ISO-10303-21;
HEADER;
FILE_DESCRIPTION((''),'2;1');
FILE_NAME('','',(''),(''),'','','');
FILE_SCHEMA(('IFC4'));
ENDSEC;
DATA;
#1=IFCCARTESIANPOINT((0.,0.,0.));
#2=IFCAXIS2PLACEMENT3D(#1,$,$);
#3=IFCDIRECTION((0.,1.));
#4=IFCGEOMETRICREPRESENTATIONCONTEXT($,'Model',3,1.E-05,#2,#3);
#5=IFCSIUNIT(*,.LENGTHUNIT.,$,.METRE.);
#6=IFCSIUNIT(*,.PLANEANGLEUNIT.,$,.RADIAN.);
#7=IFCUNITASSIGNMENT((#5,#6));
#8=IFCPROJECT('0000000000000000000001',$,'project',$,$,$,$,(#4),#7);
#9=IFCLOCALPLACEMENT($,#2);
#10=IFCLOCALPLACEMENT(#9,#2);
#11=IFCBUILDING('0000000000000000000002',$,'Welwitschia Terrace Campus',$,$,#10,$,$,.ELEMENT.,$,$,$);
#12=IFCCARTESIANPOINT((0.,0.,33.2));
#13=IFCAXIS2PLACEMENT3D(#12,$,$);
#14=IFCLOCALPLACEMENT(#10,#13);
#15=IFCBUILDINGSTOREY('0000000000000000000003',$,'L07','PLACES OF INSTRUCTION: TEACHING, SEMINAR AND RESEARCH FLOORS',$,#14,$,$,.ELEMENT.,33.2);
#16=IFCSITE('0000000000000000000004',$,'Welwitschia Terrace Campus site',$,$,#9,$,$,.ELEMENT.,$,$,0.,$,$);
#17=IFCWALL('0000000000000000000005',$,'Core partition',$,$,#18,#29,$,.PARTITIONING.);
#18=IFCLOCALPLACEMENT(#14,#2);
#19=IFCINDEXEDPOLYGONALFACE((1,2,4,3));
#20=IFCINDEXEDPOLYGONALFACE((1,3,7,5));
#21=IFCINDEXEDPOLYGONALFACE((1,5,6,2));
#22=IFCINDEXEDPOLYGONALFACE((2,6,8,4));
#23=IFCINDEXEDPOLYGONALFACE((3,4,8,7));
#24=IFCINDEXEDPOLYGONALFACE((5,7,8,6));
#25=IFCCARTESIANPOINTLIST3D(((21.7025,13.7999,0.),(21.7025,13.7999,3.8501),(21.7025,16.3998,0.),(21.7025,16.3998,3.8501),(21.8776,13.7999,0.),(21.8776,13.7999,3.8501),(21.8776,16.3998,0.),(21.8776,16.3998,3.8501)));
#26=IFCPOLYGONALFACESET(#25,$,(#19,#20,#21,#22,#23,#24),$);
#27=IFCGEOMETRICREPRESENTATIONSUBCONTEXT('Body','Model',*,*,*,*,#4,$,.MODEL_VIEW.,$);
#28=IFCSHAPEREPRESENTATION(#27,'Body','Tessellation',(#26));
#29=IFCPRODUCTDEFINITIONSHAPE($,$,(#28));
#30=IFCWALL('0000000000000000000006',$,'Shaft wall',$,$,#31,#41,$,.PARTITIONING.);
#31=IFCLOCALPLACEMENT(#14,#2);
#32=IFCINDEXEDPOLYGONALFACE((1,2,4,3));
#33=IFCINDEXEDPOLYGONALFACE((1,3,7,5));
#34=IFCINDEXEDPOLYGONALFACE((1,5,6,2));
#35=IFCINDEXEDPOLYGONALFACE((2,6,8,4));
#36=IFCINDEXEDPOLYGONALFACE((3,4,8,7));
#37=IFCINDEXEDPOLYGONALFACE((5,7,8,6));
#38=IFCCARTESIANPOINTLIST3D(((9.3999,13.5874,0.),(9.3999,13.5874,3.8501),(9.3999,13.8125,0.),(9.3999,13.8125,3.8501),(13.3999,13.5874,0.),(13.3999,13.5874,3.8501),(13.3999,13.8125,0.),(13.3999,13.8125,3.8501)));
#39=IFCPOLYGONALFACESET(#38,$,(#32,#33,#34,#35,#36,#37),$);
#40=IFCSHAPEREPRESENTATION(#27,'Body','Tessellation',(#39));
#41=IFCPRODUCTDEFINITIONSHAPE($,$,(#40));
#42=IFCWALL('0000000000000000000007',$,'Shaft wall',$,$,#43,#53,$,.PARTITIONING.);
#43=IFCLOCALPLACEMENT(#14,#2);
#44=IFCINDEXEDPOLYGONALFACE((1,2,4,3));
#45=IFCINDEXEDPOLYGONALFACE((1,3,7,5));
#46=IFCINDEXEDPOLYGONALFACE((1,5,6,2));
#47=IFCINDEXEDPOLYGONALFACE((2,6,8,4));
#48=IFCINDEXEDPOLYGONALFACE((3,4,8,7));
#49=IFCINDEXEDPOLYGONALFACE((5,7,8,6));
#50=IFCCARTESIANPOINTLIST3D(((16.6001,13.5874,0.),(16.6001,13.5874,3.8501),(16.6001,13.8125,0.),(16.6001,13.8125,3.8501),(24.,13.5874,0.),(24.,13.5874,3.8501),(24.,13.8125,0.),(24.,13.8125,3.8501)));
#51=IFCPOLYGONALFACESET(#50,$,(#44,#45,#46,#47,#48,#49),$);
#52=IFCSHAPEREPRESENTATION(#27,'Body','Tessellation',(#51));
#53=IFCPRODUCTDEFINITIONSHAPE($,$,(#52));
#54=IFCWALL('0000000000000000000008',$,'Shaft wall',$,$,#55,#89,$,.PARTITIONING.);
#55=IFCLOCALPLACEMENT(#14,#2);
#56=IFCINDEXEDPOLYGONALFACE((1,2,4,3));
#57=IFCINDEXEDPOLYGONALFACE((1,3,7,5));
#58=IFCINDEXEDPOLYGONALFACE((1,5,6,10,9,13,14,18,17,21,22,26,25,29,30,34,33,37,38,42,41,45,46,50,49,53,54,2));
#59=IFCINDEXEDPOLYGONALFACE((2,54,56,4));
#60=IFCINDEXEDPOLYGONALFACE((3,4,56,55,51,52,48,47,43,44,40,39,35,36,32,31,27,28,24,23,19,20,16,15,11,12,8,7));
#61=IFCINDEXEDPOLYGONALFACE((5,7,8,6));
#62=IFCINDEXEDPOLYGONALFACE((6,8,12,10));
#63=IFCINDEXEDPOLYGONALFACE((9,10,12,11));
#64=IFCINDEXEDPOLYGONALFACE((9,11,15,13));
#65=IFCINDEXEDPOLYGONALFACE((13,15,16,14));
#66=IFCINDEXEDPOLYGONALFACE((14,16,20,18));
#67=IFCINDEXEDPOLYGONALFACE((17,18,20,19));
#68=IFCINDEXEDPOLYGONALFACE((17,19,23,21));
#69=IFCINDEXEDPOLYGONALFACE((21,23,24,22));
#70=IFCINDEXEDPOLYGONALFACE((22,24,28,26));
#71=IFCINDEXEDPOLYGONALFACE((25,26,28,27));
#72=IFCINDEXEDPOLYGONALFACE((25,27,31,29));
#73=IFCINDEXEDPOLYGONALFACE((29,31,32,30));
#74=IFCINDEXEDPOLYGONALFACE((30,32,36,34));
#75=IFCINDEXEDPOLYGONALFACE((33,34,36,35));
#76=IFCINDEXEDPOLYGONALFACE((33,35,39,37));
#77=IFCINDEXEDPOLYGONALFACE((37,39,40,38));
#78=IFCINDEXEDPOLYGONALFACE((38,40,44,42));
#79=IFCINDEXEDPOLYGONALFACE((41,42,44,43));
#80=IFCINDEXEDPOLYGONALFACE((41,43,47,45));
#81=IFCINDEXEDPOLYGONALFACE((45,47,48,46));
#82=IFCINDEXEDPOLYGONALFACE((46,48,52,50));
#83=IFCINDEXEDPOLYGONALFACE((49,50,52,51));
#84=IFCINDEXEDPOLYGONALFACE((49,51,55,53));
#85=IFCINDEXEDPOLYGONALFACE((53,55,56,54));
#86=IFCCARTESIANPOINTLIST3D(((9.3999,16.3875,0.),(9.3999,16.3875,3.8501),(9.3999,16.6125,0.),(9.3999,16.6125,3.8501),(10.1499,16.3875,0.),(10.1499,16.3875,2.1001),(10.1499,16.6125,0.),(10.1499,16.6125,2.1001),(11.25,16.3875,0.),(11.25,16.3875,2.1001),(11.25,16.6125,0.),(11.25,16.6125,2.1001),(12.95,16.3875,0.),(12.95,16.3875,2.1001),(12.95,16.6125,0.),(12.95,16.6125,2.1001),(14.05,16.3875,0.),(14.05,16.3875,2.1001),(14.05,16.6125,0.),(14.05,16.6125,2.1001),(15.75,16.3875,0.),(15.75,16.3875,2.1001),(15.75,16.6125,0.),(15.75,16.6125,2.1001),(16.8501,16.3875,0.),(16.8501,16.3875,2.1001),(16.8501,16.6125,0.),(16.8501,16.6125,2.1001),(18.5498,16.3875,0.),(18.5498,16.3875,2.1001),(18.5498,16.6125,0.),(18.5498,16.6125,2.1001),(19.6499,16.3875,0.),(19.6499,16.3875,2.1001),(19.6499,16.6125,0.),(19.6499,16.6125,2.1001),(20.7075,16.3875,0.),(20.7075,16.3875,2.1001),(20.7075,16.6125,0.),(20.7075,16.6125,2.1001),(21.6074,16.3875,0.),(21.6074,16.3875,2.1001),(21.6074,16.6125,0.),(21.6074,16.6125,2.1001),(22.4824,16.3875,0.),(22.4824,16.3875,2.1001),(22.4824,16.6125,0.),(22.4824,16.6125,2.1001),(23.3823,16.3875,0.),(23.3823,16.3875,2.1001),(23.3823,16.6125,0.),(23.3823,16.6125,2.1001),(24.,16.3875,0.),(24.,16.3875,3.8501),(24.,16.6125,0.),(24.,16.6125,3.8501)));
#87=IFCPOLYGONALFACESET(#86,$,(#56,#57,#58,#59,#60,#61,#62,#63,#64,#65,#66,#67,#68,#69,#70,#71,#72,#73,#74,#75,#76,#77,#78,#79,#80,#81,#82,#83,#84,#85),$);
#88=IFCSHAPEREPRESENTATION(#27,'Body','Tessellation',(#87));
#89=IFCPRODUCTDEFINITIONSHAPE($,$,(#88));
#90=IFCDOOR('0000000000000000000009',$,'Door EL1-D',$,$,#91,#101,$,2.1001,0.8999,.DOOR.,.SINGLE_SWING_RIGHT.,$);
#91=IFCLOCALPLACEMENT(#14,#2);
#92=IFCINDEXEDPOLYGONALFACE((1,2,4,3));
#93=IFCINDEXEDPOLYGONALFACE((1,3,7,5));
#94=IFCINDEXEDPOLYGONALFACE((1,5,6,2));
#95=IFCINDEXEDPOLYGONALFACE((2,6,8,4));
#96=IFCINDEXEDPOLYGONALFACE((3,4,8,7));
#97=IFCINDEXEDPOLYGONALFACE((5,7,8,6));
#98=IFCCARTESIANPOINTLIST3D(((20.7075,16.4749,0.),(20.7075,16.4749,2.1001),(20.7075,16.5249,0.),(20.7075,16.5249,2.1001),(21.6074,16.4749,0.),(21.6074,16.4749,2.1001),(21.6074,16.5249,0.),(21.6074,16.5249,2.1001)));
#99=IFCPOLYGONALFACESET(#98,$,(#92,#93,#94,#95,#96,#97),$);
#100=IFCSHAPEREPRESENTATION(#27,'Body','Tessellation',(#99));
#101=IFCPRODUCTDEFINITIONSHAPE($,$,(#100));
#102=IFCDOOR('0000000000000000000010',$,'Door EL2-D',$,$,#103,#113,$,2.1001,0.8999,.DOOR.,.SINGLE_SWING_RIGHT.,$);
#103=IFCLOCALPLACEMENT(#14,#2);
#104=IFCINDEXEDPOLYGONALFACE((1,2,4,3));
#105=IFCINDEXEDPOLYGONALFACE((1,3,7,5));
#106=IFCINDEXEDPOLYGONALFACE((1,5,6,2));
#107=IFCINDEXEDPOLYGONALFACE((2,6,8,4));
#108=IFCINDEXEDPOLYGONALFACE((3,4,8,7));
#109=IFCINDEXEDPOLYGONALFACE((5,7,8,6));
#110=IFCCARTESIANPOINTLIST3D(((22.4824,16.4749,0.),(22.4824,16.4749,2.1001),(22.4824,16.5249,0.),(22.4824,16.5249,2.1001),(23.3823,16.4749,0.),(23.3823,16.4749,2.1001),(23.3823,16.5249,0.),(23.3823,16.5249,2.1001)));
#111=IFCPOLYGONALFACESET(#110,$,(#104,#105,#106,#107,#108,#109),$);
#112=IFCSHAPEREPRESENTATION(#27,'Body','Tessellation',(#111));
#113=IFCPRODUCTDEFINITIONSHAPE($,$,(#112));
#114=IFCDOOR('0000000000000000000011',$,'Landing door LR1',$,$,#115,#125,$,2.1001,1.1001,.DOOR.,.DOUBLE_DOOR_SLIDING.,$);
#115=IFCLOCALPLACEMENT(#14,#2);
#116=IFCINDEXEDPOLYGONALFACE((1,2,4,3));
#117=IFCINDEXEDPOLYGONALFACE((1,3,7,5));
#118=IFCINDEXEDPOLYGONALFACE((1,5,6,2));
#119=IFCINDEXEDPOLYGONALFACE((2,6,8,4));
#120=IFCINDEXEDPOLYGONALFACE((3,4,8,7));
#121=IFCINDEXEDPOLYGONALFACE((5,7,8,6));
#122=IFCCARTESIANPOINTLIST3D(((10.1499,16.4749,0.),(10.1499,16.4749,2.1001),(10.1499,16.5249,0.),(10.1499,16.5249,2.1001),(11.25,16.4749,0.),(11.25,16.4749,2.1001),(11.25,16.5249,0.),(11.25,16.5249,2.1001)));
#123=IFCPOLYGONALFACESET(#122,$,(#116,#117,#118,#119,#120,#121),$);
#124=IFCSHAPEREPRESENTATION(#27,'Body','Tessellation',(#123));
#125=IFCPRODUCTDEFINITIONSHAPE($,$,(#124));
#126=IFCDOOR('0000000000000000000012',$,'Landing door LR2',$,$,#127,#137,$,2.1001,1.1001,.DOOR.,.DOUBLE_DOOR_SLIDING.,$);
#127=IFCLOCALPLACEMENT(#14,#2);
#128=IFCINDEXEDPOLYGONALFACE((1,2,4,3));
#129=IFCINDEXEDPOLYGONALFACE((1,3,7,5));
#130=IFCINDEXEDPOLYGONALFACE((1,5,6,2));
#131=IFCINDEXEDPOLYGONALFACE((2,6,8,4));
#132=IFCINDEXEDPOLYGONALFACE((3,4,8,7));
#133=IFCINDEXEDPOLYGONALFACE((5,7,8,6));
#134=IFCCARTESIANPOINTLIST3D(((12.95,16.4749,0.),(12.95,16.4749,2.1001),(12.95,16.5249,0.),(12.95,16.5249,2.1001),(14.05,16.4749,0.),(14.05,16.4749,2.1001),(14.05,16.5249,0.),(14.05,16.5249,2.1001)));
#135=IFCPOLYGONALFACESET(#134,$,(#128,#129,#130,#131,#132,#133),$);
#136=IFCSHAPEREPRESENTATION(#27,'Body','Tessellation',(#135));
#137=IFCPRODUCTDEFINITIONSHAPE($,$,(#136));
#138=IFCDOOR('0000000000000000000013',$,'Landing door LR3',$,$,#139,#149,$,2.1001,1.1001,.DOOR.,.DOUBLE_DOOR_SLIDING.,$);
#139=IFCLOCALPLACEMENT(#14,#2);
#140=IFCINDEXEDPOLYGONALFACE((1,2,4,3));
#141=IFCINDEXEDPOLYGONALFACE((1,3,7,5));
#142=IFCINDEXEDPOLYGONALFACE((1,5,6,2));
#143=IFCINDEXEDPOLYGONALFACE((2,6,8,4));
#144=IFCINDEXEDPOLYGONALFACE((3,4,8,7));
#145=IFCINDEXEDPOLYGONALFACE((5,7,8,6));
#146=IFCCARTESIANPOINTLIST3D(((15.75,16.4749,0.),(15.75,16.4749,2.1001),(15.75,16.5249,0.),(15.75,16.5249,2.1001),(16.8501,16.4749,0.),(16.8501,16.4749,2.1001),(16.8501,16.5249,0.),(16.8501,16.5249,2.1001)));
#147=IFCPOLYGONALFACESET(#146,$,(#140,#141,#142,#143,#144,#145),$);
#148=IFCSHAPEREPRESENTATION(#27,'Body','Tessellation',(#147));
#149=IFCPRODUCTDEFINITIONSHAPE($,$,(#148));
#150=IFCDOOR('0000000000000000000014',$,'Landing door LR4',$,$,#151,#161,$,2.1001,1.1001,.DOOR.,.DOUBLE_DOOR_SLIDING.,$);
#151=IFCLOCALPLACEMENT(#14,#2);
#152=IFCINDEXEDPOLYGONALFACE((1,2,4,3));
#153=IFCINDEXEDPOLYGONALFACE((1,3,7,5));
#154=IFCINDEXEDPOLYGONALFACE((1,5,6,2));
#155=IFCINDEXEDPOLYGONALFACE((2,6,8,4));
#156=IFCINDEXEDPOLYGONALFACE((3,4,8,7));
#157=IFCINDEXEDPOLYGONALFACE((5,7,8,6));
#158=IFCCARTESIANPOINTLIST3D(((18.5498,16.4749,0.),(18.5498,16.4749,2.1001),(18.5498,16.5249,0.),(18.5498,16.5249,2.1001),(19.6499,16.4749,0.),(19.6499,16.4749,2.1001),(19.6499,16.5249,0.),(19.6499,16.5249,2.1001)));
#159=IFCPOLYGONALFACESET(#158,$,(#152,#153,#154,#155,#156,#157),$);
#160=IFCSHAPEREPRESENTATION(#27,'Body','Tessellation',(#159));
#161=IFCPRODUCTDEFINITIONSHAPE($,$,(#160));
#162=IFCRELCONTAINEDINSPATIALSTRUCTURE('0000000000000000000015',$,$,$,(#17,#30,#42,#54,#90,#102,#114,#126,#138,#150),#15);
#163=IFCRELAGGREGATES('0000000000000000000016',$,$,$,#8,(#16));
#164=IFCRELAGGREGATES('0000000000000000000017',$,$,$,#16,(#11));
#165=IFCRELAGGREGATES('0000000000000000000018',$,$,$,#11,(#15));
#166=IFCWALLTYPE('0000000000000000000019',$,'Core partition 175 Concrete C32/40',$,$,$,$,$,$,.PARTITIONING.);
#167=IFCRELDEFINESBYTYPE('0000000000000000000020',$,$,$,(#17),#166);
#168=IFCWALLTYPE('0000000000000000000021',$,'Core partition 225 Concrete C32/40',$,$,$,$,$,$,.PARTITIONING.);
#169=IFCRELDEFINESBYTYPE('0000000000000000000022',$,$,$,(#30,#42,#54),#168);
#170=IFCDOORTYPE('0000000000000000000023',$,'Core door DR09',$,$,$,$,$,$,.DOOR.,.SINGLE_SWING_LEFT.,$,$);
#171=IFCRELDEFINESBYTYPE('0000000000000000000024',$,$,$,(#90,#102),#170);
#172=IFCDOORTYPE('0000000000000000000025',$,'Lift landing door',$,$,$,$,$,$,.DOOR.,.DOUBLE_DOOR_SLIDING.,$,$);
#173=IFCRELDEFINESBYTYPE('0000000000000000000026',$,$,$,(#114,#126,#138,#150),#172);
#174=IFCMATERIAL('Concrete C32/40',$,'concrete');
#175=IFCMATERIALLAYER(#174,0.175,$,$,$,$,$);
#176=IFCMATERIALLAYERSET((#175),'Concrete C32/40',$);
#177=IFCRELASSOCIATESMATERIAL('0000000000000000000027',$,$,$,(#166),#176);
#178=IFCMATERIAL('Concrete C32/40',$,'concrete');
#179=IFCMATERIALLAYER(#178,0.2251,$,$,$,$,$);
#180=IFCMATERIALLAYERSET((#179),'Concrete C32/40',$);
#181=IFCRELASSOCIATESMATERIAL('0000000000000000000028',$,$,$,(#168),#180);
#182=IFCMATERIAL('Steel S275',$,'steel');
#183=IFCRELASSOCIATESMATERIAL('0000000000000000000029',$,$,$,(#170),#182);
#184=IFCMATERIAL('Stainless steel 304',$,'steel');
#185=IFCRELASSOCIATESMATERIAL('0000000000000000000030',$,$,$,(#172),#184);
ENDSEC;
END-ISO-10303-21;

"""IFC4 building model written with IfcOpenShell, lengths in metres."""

from ifc_helpers import new_model, si_unit, direction, frame, frame_2d, origin, place, context, subcontext, project, spatial, rectangle, extrude, material, layer, layer_set, type_object, element, fill, save


model = new_model("IFC4")

# Units and contexts
model_context = context("Model", 3, precision=1e-05, world=origin(), true_north=direction((0.0, 1.0)))
body_context = subcontext(model_context, "Body", "Model", "MODEL_VIEW")
ifc_project = project(units=[si_unit("LENGTHUNIT", "METRE"), si_unit("PLANEANGLEUNIT", "RADIAN")], contexts=[model_context])

# Site, building, storey
site_placement = place(None, origin())
site = spatial("IfcSite", under=ifc_project, at=site_placement, Name="Welwitschia Terrace Campus site", CompositionType="ELEMENT", RefElevation=0.0)
building_placement = place(site_placement, origin())
building = spatial("IfcBuilding", under=site, at=building_placement, Name="Welwitschia Terrace Campus", CompositionType="ELEMENT")
storey_placement = place(building_placement, frame((0.0, 0.0, 33.2)))
storey = spatial("IfcBuildingStorey", under=building, at=storey_placement, Name="L07", Description="PLACES OF INSTRUCTION: TEACHING, SEMINAR AND RESEARCH FLOORS", CompositionType="ELEMENT", Elevation=33.2)

# Walls
ifc_material_1 = material(Name="Concrete C32/40", Category="concrete")
ifc_layer_1 = layer(ifc_material_1, 0.175)
ifc_layer_set_1 = layer_set([ifc_layer_1], Name="Concrete C32/40")
wall_type_1 = type_object("IfcWallType", Name="Core partition 175 Concrete C32/40", PredefinedType="PARTITIONING", material=ifc_layer_set_1)
wall_1_placement = place(storey_placement, frame((21.79, 13.8, 0.0), z_axis=(0.0, 0.0, 1.0), x_axis=(0.0, 1.0, 0.0)))
element("IfcWall", 1, at=wall_1_placement, inside=storey, type_object=wall_type_1, Name="Core partition", PredefinedType="PARTITIONING", context=body_context, shape_type="SweptSolid", body=[
    extrude(rectangle(XDim=2.5999, YDim=0.175, at=frame_2d((1.2998, 0.0))), origin(), (0.0, 0.0, 1.0), 3.8501),
])
ifc_material_2 = material(Name="Concrete C32/40", Category="concrete")
ifc_layer_2 = layer(ifc_material_2, 0.2251)
ifc_layer_set_2 = layer_set([ifc_layer_2], Name="Concrete C32/40")
wall_type_2 = type_object("IfcWallType", Name="Core partition 225 Concrete C32/40", PredefinedType="PARTITIONING", material=ifc_layer_set_2)
wall_2_placement = place(storey_placement, frame((9.3999, 13.7, 0.0), z_axis=(0.0, 0.0, 1.0), x_axis=(1.0, 0.0, 0.0)))
element("IfcWall", 2, at=wall_2_placement, inside=storey, type_object=wall_type_2, Name="Shaft wall", PredefinedType="PARTITIONING", context=body_context, shape_type="SweptSolid", body=[
    extrude(rectangle(XDim=4.0, YDim=0.2251, at=frame_2d((2.0, 0.0))), origin(), (0.0, 0.0, 1.0), 3.8501),
])
wall_3_placement = place(storey_placement, frame((16.6001, 13.7, 0.0), z_axis=(0.0, 0.0, 1.0), x_axis=(1.0, 0.0, 0.0)))
element("IfcWall", 3, at=wall_3_placement, inside=storey, type_object=wall_type_2, Name="Shaft wall", PredefinedType="PARTITIONING", context=body_context, shape_type="SweptSolid", body=[
    extrude(rectangle(XDim=7.3999, YDim=0.2251, at=frame_2d((3.7, 0.0))), origin(), (0.0, 0.0, 1.0), 3.8501),
])

# Wall, openings, doors
wall_4_placement = place(storey_placement, frame((9.3999, 16.5, 0.0), z_axis=(0.0, 0.0, 1.0), x_axis=(1.0, 0.0, 0.0)))
wall_4 = element("IfcWall", 4, at=wall_4_placement, inside=storey, type_object=wall_type_2, Name="Shaft wall", PredefinedType="PARTITIONING", context=body_context, shape_type="SweptSolid", body=[
    extrude(rectangle(XDim=14.6001, YDim=0.2251, at=frame_2d((7.3, 0.0))), origin(), (0.0, 0.0, 1.0), 3.8501),
])
opening_1_placement = place(wall_4_placement, frame((0.75, 0.0, 0.0)))
opening_1 = element("IfcOpeningElement", 5, at=opening_1_placement, cuts=wall_4, PredefinedType="OPENING", context=body_context, shape_type="SweptSolid", body=[
    extrude(rectangle(XDim=1.1001, YDim=2.1001, at=frame_2d((0.55, 1.05))), frame((0.0, 0.1226, 0.0), z_axis=(0.0, -1.0, 0.0), x_axis=(1.0, 0.0, 0.0)), (0.0, 0.0, 1.0), 0.2451),
])
opening_2_placement = place(wall_4_placement, frame((3.55, 0.0, 0.0)))
opening_2 = element("IfcOpeningElement", 6, at=opening_2_placement, cuts=wall_4, PredefinedType="OPENING", context=body_context, shape_type="SweptSolid", body=[
    extrude(rectangle(XDim=1.1001, YDim=2.1001, at=frame_2d((0.55, 1.05))), frame((0.0, 0.1226, 0.0), z_axis=(0.0, -1.0, 0.0), x_axis=(1.0, 0.0, 0.0)), (0.0, 0.0, 1.0), 0.2451),
])
opening_3_placement = place(wall_4_placement, frame((6.3501, 0.0, 0.0)))
opening_3 = element("IfcOpeningElement", 7, at=opening_3_placement, cuts=wall_4, PredefinedType="OPENING", context=body_context, shape_type="SweptSolid", body=[
    extrude(rectangle(XDim=1.1001, YDim=2.1001, at=frame_2d((0.55, 1.05))), frame((0.0, 0.1226, 0.0), z_axis=(0.0, -1.0, 0.0), x_axis=(1.0, 0.0, 0.0)), (0.0, 0.0, 1.0), 0.2451),
])
opening_4_placement = place(wall_4_placement, frame((9.1499, 0.0, 0.0)))
opening_4 = element("IfcOpeningElement", 8, at=opening_4_placement, cuts=wall_4, PredefinedType="OPENING", context=body_context, shape_type="SweptSolid", body=[
    extrude(rectangle(XDim=1.1001, YDim=2.1001, at=frame_2d((0.55, 1.05))), frame((0.0, 0.1226, 0.0), z_axis=(0.0, -1.0, 0.0), x_axis=(1.0, 0.0, 0.0)), (0.0, 0.0, 1.0), 0.2451),
])
opening_5_placement = place(wall_4_placement, frame((11.3076, 0.0, 0.0)))
opening_5 = element("IfcOpeningElement", 9, at=opening_5_placement, cuts=wall_4, PredefinedType="OPENING", context=body_context, shape_type="SweptSolid", body=[
    extrude(rectangle(XDim=0.8999, YDim=2.1001, at=frame_2d((0.45, 1.05))), frame((0.0, 0.1226, 0.0), z_axis=(0.0, -1.0, 0.0), x_axis=(1.0, 0.0, 0.0)), (0.0, 0.0, 1.0), 0.2451),
])
opening_6_placement = place(wall_4_placement, frame((13.0825, 0.0, 0.0)))
opening_6 = element("IfcOpeningElement", 10, at=opening_6_placement, cuts=wall_4, PredefinedType="OPENING", context=body_context, shape_type="SweptSolid", body=[
    extrude(rectangle(XDim=0.8999, YDim=2.1001, at=frame_2d((0.45, 1.05))), frame((0.0, 0.1226, 0.0), z_axis=(0.0, -1.0, 0.0), x_axis=(1.0, 0.0, 0.0)), (0.0, 0.0, 1.0), 0.2451),
])
ifc_material_3 = material(Name="Steel S275", Category="steel")
door_type_1 = type_object("IfcDoorType", Name="Core door DR09", OperationType="SINGLE_SWING_LEFT", PredefinedType="DOOR", material=ifc_material_3)
door_1_placement = place(opening_5_placement, origin())
door_1 = element("IfcDoor", 11, at=door_1_placement, inside=storey, type_object=door_type_1, Name="Door EL1-D", OperationType="SINGLE_SWING_RIGHT", OverallHeight=2.1001, OverallWidth=0.8999, PredefinedType="DOOR", context=body_context, shape_type="SweptSolid", body=[
    extrude(rectangle(XDim=0.8999, YDim=2.1001, at=frame_2d((0.45, 1.05))), frame((0.0, 0.0249, 0.0), z_axis=(0.0, -1.0, 0.0), x_axis=(1.0, 0.0, 0.0)), (0.0, 0.0, 1.0), 0.05),
])
fill(opening_5, door_1)
door_2_placement = place(opening_6_placement, origin())
door_2 = element("IfcDoor", 12, at=door_2_placement, inside=storey, type_object=door_type_1, Name="Door EL2-D", OperationType="SINGLE_SWING_RIGHT", OverallHeight=2.1001, OverallWidth=0.8999, PredefinedType="DOOR", context=body_context, shape_type="SweptSolid", body=[
    extrude(rectangle(XDim=0.8999, YDim=2.1001, at=frame_2d((0.45, 1.05))), frame((0.0, 0.0249, 0.0), z_axis=(0.0, -1.0, 0.0), x_axis=(1.0, 0.0, 0.0)), (0.0, 0.0, 1.0), 0.05),
])
fill(opening_6, door_2)
ifc_material_4 = material(Name="Stainless steel 304", Category="steel")
door_type_2 = type_object("IfcDoorType", Name="Lift landing door", OperationType="DOUBLE_DOOR_SLIDING", PredefinedType="DOOR", material=ifc_material_4)
door_3_placement = place(opening_1_placement, origin())
door_3 = element("IfcDoor", 13, at=door_3_placement, inside=storey, type_object=door_type_2, Name="Landing door LR1", OperationType="DOUBLE_DOOR_SLIDING", OverallHeight=2.1001, OverallWidth=1.1001, PredefinedType="DOOR", context=body_context, shape_type="SweptSolid", body=[
    extrude(rectangle(XDim=1.1001, YDim=2.1001, at=frame_2d((0.55, 1.05))), frame((0.0, 0.0249, 0.0), z_axis=(0.0, -1.0, 0.0), x_axis=(1.0, 0.0, 0.0)), (0.0, 0.0, 1.0), 0.05),
])
fill(opening_1, door_3)
door_4_placement = place(opening_2_placement, origin())
door_4 = element("IfcDoor", 14, at=door_4_placement, inside=storey, type_object=door_type_2, Name="Landing door LR2", OperationType="DOUBLE_DOOR_SLIDING", OverallHeight=2.1001, OverallWidth=1.1001, PredefinedType="DOOR", context=body_context, shape_type="SweptSolid", body=[
    extrude(rectangle(XDim=1.1001, YDim=2.1001, at=frame_2d((0.55, 1.05))), frame((0.0, 0.0249, 0.0), z_axis=(0.0, -1.0, 0.0), x_axis=(1.0, 0.0, 0.0)), (0.0, 0.0, 1.0), 0.05),
])
fill(opening_2, door_4)
door_5_placement = place(opening_3_placement, origin())
door_5 = element("IfcDoor", 15, at=door_5_placement, inside=storey, type_object=door_type_2, Name="Landing door LR3", OperationType="DOUBLE_DOOR_SLIDING", OverallHeight=2.1001, OverallWidth=1.1001, PredefinedType="DOOR", context=body_context, shape_type="SweptSolid", body=[
    extrude(rectangle(XDim=1.1001, YDim=2.1001, at=frame_2d((0.55, 1.05))), frame((0.0, 0.0249, 0.0), z_axis=(0.0, -1.0, 0.0), x_axis=(1.0, 0.0, 0.0)), (0.0, 0.0, 1.0), 0.05),
])
fill(opening_3, door_5)
door_6_placement = place(opening_4_placement, origin())
door_6 = element("IfcDoor", 16, at=door_6_placement, inside=storey, type_object=door_type_2, Name="Landing door LR4", OperationType="DOUBLE_DOOR_SLIDING", OverallHeight=2.1001, OverallWidth=1.1001, PredefinedType="DOOR", context=body_context, shape_type="SweptSolid", body=[
    extrude(rectangle(XDim=1.1001, YDim=2.1001, at=frame_2d((0.55, 1.05))), frame((0.0, 0.0249, 0.0), z_axis=(0.0, -1.0, 0.0), x_axis=(1.0, 0.0, 0.0)), (0.0, 0.0, 1.0), 0.05),
])
fill(opening_4, door_6)

save(model, "model.ifc")
